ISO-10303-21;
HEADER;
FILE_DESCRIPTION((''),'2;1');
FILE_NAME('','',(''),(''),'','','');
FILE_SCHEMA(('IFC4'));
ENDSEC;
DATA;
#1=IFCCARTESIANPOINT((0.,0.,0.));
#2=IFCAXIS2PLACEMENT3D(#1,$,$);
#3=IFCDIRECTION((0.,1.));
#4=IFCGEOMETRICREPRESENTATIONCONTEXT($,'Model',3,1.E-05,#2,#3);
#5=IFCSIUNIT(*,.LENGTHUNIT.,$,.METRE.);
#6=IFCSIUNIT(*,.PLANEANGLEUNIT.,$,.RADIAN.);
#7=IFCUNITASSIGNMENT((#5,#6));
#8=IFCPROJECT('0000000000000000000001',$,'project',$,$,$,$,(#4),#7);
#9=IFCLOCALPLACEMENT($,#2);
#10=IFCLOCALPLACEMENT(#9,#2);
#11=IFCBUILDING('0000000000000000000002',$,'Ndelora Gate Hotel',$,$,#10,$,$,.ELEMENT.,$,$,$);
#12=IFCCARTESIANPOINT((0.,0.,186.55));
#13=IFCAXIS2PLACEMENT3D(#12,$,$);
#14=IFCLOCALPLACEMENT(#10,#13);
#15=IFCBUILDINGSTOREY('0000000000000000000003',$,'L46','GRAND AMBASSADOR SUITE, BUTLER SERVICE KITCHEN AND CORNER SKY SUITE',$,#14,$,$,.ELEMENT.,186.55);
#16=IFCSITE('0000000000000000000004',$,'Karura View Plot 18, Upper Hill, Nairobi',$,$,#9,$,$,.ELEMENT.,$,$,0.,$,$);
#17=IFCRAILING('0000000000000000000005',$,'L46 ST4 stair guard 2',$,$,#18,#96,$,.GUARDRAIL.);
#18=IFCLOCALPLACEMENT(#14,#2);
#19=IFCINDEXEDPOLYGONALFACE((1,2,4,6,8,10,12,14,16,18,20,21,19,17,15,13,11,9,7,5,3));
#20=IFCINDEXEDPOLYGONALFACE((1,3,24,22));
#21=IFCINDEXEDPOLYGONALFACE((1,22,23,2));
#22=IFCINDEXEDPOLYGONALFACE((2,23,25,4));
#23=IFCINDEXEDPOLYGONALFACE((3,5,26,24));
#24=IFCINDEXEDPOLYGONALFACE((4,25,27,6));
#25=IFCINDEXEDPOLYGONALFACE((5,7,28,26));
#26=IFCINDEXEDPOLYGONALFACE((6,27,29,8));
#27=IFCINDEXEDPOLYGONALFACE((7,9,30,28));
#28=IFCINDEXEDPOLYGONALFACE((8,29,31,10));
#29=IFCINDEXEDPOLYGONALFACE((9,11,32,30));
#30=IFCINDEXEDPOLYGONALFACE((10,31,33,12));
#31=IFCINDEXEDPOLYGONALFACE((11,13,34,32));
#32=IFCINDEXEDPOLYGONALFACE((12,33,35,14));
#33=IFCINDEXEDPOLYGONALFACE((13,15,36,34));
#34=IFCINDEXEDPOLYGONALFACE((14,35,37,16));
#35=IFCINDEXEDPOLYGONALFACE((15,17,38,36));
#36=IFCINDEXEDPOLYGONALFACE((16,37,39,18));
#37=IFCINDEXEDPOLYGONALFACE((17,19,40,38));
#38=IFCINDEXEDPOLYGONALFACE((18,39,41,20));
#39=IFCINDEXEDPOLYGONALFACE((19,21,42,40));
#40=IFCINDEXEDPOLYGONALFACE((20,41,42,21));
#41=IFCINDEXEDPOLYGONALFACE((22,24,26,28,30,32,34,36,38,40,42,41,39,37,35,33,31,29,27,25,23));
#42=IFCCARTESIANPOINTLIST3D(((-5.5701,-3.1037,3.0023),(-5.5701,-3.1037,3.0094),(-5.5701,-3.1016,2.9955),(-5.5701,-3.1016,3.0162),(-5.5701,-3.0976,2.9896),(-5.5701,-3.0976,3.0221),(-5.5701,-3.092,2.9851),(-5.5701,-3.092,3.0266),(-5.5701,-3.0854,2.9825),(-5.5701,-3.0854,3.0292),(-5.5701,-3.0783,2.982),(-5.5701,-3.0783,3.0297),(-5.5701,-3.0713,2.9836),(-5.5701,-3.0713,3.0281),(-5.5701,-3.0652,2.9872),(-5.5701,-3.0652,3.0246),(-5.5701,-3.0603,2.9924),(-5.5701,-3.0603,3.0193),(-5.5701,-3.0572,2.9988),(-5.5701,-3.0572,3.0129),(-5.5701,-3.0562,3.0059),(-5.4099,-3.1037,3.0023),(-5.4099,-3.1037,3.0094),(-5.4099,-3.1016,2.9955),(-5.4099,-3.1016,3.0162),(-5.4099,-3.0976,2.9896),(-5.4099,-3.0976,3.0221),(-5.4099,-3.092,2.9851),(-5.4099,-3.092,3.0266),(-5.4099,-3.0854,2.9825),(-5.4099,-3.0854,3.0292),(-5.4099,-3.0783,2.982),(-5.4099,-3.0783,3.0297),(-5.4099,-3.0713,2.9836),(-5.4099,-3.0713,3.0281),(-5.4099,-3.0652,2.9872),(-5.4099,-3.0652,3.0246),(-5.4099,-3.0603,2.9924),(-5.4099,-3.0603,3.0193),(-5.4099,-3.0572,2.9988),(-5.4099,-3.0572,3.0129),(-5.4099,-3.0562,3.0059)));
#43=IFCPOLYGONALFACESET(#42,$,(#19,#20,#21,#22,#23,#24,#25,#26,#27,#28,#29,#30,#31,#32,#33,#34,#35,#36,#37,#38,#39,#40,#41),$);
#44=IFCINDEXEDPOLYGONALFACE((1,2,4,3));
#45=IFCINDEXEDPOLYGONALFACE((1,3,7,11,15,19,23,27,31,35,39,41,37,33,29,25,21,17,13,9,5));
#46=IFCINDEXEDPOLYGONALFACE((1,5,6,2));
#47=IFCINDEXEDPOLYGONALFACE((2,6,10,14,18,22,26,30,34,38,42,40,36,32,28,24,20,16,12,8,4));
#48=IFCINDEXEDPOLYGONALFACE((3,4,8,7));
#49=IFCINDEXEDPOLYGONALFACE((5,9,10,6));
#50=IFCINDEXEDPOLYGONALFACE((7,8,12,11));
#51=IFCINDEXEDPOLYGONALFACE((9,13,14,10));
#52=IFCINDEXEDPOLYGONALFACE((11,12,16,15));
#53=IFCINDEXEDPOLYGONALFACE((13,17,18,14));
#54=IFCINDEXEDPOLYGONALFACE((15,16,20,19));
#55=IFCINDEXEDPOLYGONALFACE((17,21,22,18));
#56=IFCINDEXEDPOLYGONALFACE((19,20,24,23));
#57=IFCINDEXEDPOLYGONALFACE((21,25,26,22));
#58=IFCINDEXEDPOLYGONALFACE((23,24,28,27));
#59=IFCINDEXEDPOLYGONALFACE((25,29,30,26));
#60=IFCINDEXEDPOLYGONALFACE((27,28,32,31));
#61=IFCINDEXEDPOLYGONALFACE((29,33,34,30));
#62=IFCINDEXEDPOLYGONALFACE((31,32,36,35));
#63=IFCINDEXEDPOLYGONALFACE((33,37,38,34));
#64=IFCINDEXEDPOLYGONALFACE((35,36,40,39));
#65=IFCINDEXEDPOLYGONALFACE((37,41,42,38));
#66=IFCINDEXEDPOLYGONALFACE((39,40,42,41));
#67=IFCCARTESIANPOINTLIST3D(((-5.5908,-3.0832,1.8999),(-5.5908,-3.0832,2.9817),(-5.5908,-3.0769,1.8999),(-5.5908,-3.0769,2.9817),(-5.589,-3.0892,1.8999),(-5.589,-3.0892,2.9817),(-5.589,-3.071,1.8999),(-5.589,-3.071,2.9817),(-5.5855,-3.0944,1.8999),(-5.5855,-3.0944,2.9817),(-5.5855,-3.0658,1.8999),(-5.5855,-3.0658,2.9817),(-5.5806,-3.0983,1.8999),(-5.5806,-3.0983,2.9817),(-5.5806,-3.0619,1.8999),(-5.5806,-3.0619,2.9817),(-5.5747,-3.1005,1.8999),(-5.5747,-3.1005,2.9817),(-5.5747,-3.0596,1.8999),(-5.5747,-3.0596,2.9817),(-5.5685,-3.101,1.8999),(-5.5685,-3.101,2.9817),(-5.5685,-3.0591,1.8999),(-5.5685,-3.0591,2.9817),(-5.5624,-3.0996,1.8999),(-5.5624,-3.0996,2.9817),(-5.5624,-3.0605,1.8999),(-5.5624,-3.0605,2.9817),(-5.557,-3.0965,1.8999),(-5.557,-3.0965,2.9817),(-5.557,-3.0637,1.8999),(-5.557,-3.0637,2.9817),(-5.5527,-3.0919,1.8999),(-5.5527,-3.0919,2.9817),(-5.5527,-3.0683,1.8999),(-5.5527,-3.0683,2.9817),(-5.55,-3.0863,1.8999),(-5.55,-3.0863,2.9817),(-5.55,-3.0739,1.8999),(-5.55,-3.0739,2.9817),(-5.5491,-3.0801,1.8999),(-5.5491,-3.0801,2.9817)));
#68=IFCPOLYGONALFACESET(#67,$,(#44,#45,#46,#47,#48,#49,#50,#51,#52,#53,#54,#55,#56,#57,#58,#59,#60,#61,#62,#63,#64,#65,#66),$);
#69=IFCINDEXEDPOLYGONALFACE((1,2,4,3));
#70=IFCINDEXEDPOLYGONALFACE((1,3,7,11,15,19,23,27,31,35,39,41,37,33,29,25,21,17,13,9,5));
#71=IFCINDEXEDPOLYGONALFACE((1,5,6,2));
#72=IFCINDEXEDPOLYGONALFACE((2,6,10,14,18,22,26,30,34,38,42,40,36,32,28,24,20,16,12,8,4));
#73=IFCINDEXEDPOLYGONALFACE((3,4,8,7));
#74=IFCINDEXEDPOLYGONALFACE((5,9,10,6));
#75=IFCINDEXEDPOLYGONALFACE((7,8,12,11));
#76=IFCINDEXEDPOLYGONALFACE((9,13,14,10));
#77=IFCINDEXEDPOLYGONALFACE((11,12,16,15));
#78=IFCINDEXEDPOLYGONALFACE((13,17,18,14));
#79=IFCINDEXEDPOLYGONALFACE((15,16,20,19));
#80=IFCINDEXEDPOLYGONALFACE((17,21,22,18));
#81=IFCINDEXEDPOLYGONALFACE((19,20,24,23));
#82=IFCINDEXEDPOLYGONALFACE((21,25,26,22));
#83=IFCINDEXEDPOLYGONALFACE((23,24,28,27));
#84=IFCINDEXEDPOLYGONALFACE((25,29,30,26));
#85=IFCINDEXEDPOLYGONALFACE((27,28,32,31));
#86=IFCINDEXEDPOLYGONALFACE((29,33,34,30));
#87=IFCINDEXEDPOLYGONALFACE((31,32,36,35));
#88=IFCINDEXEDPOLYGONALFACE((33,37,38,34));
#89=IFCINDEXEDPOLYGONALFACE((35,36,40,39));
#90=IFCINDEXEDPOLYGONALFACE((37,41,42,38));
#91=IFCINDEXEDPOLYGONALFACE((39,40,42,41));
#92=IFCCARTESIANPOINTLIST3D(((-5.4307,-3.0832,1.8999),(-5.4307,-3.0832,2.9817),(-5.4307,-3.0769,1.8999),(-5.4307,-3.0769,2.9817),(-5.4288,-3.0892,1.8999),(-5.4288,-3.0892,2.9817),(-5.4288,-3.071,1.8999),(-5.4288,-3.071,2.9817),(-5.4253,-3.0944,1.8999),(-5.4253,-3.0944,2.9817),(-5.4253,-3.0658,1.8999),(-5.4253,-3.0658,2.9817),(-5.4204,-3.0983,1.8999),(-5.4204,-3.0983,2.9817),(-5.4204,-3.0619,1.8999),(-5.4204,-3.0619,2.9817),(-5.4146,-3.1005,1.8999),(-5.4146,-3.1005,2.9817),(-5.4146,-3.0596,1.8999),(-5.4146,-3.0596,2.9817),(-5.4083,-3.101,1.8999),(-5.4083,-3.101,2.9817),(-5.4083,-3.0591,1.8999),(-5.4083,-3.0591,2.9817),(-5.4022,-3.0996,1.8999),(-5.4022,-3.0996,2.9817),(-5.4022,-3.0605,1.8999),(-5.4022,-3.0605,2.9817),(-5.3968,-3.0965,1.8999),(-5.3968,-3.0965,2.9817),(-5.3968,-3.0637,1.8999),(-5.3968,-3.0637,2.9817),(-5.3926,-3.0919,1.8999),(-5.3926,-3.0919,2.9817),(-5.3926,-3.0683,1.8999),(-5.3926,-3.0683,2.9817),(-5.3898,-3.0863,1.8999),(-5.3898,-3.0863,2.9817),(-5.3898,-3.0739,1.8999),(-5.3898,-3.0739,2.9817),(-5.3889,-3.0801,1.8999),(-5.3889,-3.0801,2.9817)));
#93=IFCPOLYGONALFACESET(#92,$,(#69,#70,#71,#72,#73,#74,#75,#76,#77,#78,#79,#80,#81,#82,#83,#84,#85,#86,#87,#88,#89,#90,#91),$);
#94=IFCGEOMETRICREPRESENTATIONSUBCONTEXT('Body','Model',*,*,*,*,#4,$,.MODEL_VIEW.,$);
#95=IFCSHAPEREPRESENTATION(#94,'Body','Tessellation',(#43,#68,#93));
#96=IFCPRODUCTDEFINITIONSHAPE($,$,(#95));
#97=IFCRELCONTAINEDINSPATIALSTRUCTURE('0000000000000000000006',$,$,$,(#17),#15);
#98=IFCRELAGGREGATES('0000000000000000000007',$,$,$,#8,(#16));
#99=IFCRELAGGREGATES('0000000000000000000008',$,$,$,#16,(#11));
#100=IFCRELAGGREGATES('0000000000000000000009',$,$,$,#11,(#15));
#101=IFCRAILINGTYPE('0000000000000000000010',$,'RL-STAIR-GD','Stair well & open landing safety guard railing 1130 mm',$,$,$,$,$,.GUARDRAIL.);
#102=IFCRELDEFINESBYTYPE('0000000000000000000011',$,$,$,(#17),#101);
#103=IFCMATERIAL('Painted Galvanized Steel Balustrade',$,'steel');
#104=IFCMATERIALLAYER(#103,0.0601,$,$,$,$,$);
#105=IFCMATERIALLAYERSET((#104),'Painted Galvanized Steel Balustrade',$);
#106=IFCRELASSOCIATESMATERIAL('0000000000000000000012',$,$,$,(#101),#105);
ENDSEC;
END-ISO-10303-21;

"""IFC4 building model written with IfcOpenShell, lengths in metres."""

from ifc_helpers import new_model, si_unit, direction, frame, origin, origin_2d, place, context, subcontext, project, spatial, circle, extrude, material, layer, layer_set, type_object, element, save


model = new_model("IFC4")

# Units and contexts
model_context = context("Model", 3, precision=1e-05, world=origin(), true_north=direction((0.0, 1.0)))
body_context = subcontext(model_context, "Body", "Model", "MODEL_VIEW")
ifc_project = project(units=[si_unit("LENGTHUNIT", "METRE"), si_unit("PLANEANGLEUNIT", "RADIAN")], contexts=[model_context])

# Site, building, storey
site_placement = place(None, origin())
site = spatial("IfcSite", under=ifc_project, at=site_placement, Name="Karura View Plot 18, Upper Hill, Nairobi", CompositionType="ELEMENT", RefElevation=0.0)
building_placement = place(site_placement, origin())
building = spatial("IfcBuilding", under=site, at=building_placement, Name="Ndelora Gate Hotel", CompositionType="ELEMENT")
storey_placement = place(building_placement, frame((0.0, 0.0, 186.55)))
storey = spatial("IfcBuildingStorey", under=building, at=storey_placement, Name="L46", Description="GRAND AMBASSADOR SUITE, BUTLER SERVICE KITCHEN AND CORNER SKY SUITE", CompositionType="ELEMENT", Elevation=186.55)

# Railing
ifc_material_1 = material(Name="Painted Galvanized Steel Balustrade", Category="steel")
ifc_layer_1 = layer(ifc_material_1, 0.0601)
ifc_layer_set_1 = layer_set([ifc_layer_1], Name="Painted Galvanized Steel Balustrade")
railing_type_1 = type_object("IfcRailingType", Name="RL-STAIR-GD", Description="Stair well & open landing safety guard railing 1130 mm", PredefinedType="GUARDRAIL", material=ifc_layer_set_1)
railing_1_placement = place(storey_placement, frame((-5.5701, -3.0801, 1.8999)))
element("IfcRailing", 1, at=railing_1_placement, inside=storey, type_object=railing_type_1, Name="L46 ST4 stair guard 2", PredefinedType="GUARDRAIL", context=body_context, shape_type="SweptSolid", body=[
    extrude(circle(Radius=0.0239, at=origin_2d()), frame((0.0, 0.0, 1.106), z_axis=(1.0, 0.0, 0.0), x_axis=(0.0, 1.0, 0.0)), (0.0, 0.0, 1.0), 0.1602),
    extrude(circle(Radius=0.021, at=origin_2d()), origin(), (0.0, 0.0, 1.0), 1.0818),
    extrude(circle(Radius=0.021, at=origin_2d()), frame((0.1602, 0.0, 0.0)), (0.0, 0.0, 1.0), 1.0818),
])

save(model, "model.ifc")
